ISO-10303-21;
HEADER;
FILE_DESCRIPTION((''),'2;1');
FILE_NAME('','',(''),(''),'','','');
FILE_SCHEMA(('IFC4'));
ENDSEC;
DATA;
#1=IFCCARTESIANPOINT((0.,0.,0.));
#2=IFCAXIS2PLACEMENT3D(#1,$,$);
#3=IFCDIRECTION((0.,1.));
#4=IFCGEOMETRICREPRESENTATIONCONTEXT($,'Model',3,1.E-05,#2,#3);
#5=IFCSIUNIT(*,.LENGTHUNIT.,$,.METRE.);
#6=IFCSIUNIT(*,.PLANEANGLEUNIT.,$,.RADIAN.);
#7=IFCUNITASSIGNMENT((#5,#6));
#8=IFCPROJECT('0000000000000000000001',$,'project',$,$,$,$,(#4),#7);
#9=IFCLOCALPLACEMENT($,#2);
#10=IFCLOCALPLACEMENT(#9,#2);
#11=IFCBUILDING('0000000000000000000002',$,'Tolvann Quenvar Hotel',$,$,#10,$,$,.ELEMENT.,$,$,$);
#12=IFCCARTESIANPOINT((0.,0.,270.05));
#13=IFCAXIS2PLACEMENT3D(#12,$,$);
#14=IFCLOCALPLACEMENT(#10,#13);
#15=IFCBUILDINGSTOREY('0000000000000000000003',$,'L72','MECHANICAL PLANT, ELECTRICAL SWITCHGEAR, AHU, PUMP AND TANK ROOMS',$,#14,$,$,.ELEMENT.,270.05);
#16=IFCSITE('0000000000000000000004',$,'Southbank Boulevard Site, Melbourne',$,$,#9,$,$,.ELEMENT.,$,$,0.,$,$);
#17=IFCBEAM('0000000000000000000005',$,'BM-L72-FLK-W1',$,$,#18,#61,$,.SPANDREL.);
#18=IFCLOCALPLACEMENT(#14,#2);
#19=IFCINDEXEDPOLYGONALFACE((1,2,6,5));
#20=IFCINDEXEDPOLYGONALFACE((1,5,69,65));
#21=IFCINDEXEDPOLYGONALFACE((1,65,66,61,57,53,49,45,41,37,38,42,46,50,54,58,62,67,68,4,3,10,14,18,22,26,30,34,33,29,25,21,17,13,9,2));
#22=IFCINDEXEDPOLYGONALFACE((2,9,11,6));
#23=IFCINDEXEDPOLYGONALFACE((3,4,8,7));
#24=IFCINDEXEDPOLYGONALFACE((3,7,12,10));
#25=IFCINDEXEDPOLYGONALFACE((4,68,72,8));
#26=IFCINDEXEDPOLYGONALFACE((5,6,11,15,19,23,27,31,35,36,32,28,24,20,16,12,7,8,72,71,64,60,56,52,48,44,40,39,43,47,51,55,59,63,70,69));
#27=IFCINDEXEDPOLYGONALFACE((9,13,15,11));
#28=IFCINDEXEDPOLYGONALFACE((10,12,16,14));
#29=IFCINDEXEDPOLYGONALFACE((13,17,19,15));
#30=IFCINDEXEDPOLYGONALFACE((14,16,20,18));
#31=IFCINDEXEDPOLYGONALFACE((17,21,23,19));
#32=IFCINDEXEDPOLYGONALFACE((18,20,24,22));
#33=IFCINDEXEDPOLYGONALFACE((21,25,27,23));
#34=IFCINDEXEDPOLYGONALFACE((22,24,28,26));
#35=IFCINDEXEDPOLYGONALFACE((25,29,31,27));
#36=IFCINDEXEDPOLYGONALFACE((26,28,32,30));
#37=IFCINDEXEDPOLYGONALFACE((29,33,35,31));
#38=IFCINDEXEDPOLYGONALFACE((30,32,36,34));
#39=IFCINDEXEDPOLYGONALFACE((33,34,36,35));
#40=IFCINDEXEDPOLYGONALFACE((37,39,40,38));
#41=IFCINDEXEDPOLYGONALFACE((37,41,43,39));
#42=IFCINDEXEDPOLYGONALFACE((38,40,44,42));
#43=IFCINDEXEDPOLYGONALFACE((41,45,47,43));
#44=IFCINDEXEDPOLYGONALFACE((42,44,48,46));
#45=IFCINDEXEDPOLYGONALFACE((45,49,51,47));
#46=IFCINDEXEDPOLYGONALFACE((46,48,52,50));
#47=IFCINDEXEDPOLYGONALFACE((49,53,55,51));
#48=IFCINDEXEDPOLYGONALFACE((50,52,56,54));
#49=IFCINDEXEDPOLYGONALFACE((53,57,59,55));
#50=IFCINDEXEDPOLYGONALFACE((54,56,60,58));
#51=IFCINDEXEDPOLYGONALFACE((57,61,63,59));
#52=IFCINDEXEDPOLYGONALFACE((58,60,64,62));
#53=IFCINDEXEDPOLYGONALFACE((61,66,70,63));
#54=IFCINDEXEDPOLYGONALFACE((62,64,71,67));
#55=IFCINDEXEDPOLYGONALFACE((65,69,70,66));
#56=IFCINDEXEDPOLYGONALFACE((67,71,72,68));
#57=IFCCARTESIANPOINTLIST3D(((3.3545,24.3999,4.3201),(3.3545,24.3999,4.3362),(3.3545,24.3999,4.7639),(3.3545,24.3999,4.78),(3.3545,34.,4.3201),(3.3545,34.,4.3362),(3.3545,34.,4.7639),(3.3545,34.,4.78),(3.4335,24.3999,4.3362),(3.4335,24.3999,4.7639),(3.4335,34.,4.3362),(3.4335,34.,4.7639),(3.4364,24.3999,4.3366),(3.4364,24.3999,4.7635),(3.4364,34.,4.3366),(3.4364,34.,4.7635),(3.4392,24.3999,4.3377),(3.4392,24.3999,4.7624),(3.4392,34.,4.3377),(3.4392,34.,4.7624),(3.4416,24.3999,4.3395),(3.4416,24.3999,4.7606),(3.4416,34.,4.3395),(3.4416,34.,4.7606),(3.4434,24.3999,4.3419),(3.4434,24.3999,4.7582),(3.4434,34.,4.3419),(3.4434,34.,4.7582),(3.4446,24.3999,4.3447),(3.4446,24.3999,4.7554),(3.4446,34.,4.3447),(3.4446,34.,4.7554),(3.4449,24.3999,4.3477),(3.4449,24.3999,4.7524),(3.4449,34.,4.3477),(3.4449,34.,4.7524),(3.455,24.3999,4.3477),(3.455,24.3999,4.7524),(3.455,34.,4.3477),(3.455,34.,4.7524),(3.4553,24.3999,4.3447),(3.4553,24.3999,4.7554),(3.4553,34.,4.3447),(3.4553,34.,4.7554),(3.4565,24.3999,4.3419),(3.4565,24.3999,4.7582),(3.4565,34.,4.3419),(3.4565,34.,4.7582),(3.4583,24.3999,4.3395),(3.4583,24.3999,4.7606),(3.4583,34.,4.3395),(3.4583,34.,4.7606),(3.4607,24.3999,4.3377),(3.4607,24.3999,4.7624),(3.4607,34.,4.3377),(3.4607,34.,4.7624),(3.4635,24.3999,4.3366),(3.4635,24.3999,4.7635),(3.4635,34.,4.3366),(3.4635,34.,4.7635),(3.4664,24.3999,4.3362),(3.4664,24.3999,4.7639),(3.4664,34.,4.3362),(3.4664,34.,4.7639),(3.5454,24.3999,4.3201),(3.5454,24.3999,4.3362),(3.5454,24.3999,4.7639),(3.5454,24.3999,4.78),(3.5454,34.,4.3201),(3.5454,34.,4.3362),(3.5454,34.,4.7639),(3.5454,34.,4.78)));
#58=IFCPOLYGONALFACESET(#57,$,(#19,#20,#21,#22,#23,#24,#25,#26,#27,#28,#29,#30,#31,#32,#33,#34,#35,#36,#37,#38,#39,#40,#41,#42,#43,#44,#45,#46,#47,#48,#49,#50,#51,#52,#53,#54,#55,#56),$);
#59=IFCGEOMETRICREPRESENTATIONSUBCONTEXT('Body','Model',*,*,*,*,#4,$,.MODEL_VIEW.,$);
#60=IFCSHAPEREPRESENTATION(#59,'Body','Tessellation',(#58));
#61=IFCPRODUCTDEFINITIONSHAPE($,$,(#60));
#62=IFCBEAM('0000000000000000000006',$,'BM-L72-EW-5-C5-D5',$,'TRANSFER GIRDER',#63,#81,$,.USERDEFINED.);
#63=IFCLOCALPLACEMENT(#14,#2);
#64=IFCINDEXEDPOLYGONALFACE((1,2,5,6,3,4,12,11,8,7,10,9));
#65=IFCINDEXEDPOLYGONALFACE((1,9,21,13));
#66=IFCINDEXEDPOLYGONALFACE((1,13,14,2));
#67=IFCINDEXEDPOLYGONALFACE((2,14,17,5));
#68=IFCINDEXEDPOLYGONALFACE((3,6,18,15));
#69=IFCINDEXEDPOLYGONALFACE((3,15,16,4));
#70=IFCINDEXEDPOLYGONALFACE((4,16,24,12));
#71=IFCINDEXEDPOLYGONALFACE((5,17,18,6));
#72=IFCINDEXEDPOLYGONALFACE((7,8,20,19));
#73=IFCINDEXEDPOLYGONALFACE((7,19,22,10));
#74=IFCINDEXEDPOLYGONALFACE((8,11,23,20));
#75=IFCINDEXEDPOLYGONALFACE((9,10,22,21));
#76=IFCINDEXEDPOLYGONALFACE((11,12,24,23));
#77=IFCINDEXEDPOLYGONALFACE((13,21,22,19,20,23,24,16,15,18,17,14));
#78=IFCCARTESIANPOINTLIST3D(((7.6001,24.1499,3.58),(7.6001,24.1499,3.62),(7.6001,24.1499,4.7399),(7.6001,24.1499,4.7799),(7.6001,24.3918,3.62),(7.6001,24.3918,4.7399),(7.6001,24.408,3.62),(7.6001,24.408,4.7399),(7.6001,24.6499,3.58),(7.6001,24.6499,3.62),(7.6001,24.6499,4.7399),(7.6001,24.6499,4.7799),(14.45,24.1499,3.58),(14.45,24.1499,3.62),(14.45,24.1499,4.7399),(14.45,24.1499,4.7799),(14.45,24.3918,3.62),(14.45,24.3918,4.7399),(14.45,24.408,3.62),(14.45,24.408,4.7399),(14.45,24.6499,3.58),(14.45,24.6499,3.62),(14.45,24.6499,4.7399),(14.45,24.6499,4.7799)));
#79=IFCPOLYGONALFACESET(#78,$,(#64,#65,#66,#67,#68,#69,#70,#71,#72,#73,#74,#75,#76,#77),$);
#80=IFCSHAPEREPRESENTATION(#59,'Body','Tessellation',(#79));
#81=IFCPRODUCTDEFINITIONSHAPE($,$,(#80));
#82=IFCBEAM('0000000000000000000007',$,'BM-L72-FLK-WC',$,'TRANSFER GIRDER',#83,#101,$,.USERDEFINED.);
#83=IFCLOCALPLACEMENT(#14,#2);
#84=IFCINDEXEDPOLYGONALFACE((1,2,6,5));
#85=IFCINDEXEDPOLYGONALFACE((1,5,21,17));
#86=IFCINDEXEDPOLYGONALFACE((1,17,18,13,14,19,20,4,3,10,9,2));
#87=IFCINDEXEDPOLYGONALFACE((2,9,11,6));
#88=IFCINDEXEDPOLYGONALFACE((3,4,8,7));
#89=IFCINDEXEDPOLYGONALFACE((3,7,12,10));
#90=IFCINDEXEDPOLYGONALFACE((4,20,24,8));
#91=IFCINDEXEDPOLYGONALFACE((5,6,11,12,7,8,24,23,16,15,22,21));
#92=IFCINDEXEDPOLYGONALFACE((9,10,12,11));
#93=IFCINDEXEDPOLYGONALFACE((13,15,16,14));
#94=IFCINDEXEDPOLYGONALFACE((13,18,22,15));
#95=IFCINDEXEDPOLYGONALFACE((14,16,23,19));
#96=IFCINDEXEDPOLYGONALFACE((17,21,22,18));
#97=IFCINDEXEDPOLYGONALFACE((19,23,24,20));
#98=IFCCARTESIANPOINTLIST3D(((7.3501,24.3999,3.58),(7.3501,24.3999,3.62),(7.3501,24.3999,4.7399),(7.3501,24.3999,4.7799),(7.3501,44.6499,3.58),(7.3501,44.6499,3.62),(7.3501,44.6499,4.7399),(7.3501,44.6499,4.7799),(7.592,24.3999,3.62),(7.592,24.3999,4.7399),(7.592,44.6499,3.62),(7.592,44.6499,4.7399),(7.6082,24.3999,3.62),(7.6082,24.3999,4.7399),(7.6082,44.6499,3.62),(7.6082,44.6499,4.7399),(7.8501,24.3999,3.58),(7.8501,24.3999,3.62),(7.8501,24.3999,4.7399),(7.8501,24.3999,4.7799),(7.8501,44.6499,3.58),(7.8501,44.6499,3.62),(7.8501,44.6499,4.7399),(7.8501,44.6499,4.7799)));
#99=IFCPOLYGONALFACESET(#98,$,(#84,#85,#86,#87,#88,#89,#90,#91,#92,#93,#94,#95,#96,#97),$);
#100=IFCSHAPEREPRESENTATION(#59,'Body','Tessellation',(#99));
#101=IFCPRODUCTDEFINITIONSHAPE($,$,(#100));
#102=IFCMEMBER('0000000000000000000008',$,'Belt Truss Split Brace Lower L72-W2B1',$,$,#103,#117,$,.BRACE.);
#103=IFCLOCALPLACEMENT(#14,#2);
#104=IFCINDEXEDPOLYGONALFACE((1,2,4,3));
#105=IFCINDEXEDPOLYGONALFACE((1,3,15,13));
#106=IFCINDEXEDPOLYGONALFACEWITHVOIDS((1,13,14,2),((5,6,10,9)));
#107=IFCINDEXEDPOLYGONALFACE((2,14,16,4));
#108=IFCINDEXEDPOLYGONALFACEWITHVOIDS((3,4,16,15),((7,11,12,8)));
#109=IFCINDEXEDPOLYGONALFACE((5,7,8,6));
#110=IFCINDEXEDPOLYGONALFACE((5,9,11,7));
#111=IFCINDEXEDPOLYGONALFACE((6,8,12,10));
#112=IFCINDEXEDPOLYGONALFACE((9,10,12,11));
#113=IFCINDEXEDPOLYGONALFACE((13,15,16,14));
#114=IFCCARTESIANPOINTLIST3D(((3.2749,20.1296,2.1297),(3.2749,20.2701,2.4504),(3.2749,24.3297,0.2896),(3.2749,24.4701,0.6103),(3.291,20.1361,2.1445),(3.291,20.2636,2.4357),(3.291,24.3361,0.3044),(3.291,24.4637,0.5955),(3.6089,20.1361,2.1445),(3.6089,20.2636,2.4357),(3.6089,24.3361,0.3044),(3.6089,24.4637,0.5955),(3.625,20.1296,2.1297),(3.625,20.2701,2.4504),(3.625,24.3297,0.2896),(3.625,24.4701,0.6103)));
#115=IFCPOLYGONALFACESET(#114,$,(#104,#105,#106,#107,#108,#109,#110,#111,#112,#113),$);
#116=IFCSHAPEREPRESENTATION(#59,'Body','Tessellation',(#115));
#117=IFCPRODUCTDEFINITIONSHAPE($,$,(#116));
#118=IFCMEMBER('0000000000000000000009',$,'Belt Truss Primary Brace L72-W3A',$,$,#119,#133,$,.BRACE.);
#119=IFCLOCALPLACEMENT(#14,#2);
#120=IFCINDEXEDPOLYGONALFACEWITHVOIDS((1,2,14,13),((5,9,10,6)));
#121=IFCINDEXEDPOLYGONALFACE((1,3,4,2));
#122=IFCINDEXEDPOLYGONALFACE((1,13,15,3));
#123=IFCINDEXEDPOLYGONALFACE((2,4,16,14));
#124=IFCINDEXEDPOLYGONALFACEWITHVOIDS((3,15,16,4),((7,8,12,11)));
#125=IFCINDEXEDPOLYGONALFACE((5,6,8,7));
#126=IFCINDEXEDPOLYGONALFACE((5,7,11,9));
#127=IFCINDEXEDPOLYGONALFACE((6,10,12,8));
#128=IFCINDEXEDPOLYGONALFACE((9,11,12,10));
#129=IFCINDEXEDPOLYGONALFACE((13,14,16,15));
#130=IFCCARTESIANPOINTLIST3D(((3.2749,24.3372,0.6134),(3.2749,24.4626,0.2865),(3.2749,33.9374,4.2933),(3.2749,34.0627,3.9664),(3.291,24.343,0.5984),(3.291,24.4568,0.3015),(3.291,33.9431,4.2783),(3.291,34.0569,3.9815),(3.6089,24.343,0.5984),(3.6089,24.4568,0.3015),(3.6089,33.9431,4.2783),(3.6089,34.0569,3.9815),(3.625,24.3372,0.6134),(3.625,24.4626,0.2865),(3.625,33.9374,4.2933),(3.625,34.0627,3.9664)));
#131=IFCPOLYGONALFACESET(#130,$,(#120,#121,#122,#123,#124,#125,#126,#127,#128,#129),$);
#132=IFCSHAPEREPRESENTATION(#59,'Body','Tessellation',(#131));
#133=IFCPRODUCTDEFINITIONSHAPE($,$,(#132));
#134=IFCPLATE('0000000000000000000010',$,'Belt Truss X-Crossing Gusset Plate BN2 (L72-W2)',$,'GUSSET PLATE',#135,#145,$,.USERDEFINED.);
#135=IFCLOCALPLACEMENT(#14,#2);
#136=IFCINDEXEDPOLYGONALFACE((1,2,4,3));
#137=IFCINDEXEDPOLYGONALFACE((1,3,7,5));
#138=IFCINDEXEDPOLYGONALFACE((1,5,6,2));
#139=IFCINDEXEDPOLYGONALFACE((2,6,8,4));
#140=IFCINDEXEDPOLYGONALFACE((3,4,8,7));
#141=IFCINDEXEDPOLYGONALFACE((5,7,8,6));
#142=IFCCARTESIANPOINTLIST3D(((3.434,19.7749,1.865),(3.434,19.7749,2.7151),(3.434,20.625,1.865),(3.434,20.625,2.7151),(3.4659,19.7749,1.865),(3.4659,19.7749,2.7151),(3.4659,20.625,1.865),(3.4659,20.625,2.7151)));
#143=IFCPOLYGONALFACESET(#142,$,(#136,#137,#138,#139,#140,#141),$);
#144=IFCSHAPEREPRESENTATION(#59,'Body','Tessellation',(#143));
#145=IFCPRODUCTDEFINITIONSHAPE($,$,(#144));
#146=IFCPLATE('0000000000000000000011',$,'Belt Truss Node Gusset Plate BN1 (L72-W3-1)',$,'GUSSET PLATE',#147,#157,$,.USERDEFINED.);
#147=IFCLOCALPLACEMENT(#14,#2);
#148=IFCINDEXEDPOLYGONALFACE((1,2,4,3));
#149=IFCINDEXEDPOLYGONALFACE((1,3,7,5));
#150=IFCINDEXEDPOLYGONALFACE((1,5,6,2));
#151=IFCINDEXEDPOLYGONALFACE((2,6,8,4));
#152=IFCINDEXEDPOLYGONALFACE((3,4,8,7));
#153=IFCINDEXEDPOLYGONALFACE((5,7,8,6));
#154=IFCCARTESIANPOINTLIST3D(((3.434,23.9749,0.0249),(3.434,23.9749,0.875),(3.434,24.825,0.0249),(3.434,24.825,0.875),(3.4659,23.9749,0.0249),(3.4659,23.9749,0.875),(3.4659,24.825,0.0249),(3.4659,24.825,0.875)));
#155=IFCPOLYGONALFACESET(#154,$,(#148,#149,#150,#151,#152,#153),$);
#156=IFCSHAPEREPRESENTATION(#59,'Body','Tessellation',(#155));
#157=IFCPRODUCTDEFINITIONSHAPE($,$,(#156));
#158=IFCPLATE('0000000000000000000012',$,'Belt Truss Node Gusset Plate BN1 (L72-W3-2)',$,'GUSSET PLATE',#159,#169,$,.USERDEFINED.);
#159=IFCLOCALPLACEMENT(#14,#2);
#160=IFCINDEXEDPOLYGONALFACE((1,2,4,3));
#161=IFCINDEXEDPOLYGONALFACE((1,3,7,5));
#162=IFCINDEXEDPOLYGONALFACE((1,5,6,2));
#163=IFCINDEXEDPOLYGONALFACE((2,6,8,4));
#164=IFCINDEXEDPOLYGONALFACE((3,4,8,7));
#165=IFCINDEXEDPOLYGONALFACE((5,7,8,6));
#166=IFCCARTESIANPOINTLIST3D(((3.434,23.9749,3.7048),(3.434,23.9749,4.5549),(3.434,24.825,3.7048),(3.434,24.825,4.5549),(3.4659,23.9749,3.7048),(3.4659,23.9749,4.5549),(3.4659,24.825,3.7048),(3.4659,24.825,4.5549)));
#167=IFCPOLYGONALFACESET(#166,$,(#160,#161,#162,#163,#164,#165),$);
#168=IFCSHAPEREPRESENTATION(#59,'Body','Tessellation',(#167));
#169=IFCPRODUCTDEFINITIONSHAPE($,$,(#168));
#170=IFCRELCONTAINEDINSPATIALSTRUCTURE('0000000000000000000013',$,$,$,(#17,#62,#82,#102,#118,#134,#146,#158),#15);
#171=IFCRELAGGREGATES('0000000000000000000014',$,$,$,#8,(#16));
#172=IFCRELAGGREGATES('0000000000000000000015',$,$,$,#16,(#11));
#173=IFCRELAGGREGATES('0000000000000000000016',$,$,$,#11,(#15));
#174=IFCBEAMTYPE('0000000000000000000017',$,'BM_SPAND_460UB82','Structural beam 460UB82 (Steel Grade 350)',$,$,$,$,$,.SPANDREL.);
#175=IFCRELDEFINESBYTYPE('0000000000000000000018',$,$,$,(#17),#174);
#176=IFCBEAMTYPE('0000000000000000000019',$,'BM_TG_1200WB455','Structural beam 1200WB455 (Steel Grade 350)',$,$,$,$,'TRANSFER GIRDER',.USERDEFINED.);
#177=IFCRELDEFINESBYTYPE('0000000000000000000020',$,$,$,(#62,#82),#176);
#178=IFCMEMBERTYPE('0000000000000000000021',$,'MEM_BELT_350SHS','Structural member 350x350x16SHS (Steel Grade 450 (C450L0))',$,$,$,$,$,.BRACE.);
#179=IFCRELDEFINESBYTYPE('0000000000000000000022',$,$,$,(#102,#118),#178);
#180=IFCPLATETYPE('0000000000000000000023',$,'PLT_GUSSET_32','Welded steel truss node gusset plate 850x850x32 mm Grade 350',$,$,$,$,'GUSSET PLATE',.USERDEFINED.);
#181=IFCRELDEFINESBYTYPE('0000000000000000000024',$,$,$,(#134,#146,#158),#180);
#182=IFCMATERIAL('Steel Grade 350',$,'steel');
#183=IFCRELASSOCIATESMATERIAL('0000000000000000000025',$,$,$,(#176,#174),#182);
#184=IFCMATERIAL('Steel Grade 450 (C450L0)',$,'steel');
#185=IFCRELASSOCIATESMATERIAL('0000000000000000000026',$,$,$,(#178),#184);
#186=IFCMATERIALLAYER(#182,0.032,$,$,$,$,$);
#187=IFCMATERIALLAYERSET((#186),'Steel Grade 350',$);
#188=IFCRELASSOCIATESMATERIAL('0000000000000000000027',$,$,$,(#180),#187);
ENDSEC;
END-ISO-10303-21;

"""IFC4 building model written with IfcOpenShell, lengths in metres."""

from ifc_helpers import new_model, si_unit, direction, frame, origin, origin_2d, place, context, subcontext, project, spatial, rectangle, hollow_rectangle, i_section, extrude, source, transform, mapped, material, layer, layer_set, material_profile, profile_set, type_object, type_shapes, element, save


model = new_model("IFC4")

# Units and contexts
model_context = context("Model", 3, precision=1e-05, world=origin(), true_north=direction((0.0, 1.0)))
body_context = subcontext(model_context, "Body", "Model", "MODEL_VIEW")
ifc_project = project(units=[si_unit("LENGTHUNIT", "METRE"), si_unit("PLANEANGLEUNIT", "RADIAN")], contexts=[model_context])

# Site, building, storey
site_placement = place(None, origin())
site = spatial("IfcSite", under=ifc_project, at=site_placement, Name="Southbank Boulevard Site, Melbourne", CompositionType="ELEMENT", RefElevation=0.0)
building_placement = place(site_placement, origin())
building = spatial("IfcBuilding", under=site, at=building_placement, Name="Tolvann Quenvar Hotel", CompositionType="ELEMENT")
storey_placement = place(building_placement, frame((0.0, 0.0, 270.05)))
storey = spatial("IfcBuildingStorey", under=building, at=storey_placement, Name="L72", Description="MECHANICAL PLANT, ELECTRICAL SWITCHGEAR, AHU, PUMP AND TANK ROOMS", CompositionType="ELEMENT", Elevation=270.05)

# Shared definitions
ifc_material_1 = material(Name="Steel Grade 350", Category="steel")

# Beams
ifc_material_profile_1 = material_profile(ifc_material_1, i_section(OverallWidth=0.5, OverallDepth=1.2, WebThickness=0.0161, FlangeThickness=0.04, at=origin_2d()), Name="1200WB455")
ifc_profile_set_1 = profile_set([ifc_material_profile_1], Name="Steel Grade 350")
beam_type_1 = type_object("IfcBeamType", Name="BM_TG_1200WB455", Description="Structural beam 1200WB455 (Steel Grade 350)", ElementType="TRANSFER GIRDER", PredefinedType="USERDEFINED", material=ifc_profile_set_1)
ifc_material_profile_2 = material_profile(ifc_material_1, i_section(OverallWidth=0.1909, OverallDepth=0.46, WebThickness=0.01, FlangeThickness=0.0161, FilletRadius=0.0115, at=origin_2d()), Name="460UB82")
ifc_profile_set_2 = profile_set([ifc_material_profile_2], Name="Steel Grade 350")
beam_type_2 = type_object("IfcBeamType", Name="BM_SPAND_460UB82", Description="Structural beam 460UB82 (Steel Grade 350)", PredefinedType="SPANDREL", material=ifc_profile_set_2)
shared_shape_1 = source(origin(), body_context, "Body", "SweptSolid", [
    extrude(i_section(OverallWidth=0.1909, OverallDepth=0.46, WebThickness=0.01, FlangeThickness=0.0161, FilletRadius=0.0115, at=origin_2d()), origin(), (0.0, 0.0, 1.0), 9.6001),
])
type_shapes(beam_type_2, [shared_shape_1])
beam_1_placement = place(storey_placement, frame((3.45, 24.3999, 4.55), z_axis=(0.0, 1.0, 0.0), x_axis=(-1.0, 0.0, 0.0)))
element("IfcBeam", 1, at=beam_1_placement, inside=storey, type_object=beam_type_2, Name="BM-L72-FLK-W1", PredefinedType="SPANDREL", context=body_context, shape_type="MappedRepresentation", body=[
    mapped(shared_shape_1, transform((0.0, 0.0, 0.0), x_axis=(1.0, 0.0, 0.0), y_axis=(0.0, 1.0, 0.0), z_axis=(0.0, 0.0, 1.0), scale=1.0)),
])
shared_shape_2 = source(origin(), body_context, "Body", "SweptSolid", [
    extrude(i_section(OverallWidth=0.5, OverallDepth=1.2, WebThickness=0.0161, FlangeThickness=0.04, at=origin_2d()), origin(), (0.0, 0.0, 1.0), 6.8499),
])
beam_2_placement = place(storey_placement, frame((7.6001, 24.3999, 4.1799), z_axis=(1.0, 0.0, 0.0), x_axis=(0.0, 1.0, 0.0)))
element("IfcBeam", 2, at=beam_2_placement, inside=storey, type_object=beam_type_1, Name="BM-L72-EW-5-C5-D5", ObjectType="TRANSFER GIRDER", PredefinedType="USERDEFINED", context=body_context, shape_type="MappedRepresentation", body=[
    mapped(shared_shape_2, transform((0.0, 0.0, 0.0), x_axis=(1.0, 0.0, 0.0), y_axis=(0.0, 1.0, 0.0), z_axis=(0.0, 0.0, 1.0), scale=1.0)),
])
shared_shape_3 = source(origin(), body_context, "Body", "SweptSolid", [
    extrude(i_section(OverallWidth=0.5, OverallDepth=1.2, WebThickness=0.0161, FlangeThickness=0.04, at=origin_2d()), origin(), (0.0, 0.0, 1.0), 20.25),
])
beam_3_placement = place(storey_placement, frame((7.6001, 24.3999, 4.1799), z_axis=(0.0, 1.0, 0.0), x_axis=(-1.0, 0.0, 0.0)))
element("IfcBeam", 3, at=beam_3_placement, inside=storey, type_object=beam_type_1, Name="BM-L72-FLK-WC", ObjectType="TRANSFER GIRDER", PredefinedType="USERDEFINED", context=body_context, shape_type="MappedRepresentation", body=[
    mapped(shared_shape_3, transform((0.0, 0.0, 0.0), x_axis=(1.0, 0.0, 0.0), y_axis=(0.0, 1.0, 0.0), z_axis=(0.0, 0.0, 1.0), scale=1.0)),
])

# Members
ifc_material_2 = material(Name="Steel Grade 450 (C450L0)", Category="steel")
ifc_material_profile_3 = material_profile(ifc_material_2, hollow_rectangle(XDim=0.3501, YDim=0.3501, WallThickness=0.0161, at=origin_2d()), Name="350x350x16SHS")
ifc_profile_set_3 = profile_set([ifc_material_profile_3], Name="Steel Grade 450 (C450L0)")
member_type = type_object("IfcMemberType", Name="MEM_BELT_350SHS", Description="Structural member 350x350x16SHS (Steel Grade 450 (C450L0))", PredefinedType="BRACE", material=ifc_profile_set_3)
shared_shape_4 = source(origin(), body_context, "Body", "SweptSolid", [
    extrude(hollow_rectangle(XDim=0.3501, YDim=0.3501, WallThickness=0.0161, at=origin_2d()), origin(), (0.0, 0.0, 1.0), 4.5854),
])
member_1_placement = place(storey_placement, frame((3.45, 24.3999, 0.45), z_axis=(0.0, -0.915948, 0.401296), x_axis=(1.0, 0.0, 0.0)))
element("IfcMember", 4, at=member_1_placement, inside=storey, type_object=member_type, Name="Belt Truss Split Brace Lower L72-W2B1", PredefinedType="BRACE", context=body_context, shape_type="MappedRepresentation", body=[
    mapped(shared_shape_4, transform((0.0, 0.0, 0.0), x_axis=(1.0, 0.0, 0.0), y_axis=(0.0, 1.0, 0.0), z_axis=(0.0, 0.0, 1.0), scale=1.0)),
])
shared_shape_5 = source(origin(), body_context, "Body", "SweptSolid", [
    extrude(hollow_rectangle(XDim=0.3501, YDim=0.3501, WallThickness=0.0161, at=origin_2d()), origin(), (0.0, 0.0, 1.0), 10.2812),
])
type_shapes(member_type, [shared_shape_4, shared_shape_5])
member_2_placement = place(storey_placement, frame((3.45, 24.3999, 0.45), z_axis=(0.0, 0.93375, 0.357927), x_axis=(-1.0, 0.0, 0.0)))
element("IfcMember", 5, at=member_2_placement, inside=storey, type_object=member_type, Name="Belt Truss Primary Brace L72-W3A", PredefinedType="BRACE", context=body_context, shape_type="MappedRepresentation", body=[
    mapped(shared_shape_5, transform((0.0, 0.0, 0.0), x_axis=(1.0, 0.0, 0.0), y_axis=(0.0, 1.0, 0.0), z_axis=(0.0, 0.0, 1.0), scale=1.0)),
])

# Plates
ifc_layer_1 = layer(ifc_material_1, 0.032)
ifc_layer_set_1 = layer_set([ifc_layer_1], Name="Steel Grade 350")
plate_type = type_object("IfcPlateType", Name="PLT_GUSSET_32", Description="Welded steel truss node gusset plate 850x850x32 mm Grade 350", ElementType="GUSSET PLATE", PredefinedType="USERDEFINED", material=ifc_layer_set_1)
shared_shape_6 = source(origin(), body_context, "Body", "SweptSolid", [
    extrude(rectangle(XDim=0.032, YDim=0.8501, at=origin_2d()), origin(), (0.0, 0.0, 1.0), 0.8501),
])
type_shapes(plate_type, [shared_shape_6])
for number, where, z_axis, x_axis, name in (
    (6, (3.45, 20.2, 1.865), (0.0, 0.0, 1.0), (1.0, 0.0, 0.0), "Belt Truss X-Crossing Gusset Plate BN2 (L72-W2)"),
    (7, (3.45, 24.3999, 0.0249), (0.0, 0.0, 1.0), (1.0, 0.0, 0.0), "Belt Truss Node Gusset Plate BN1 (L72-W3-1)"),
    (8, (3.45, 24.3999, 3.7048), (0.0, 0.0, 1.0), (1.0, 0.0, 0.0), "Belt Truss Node Gusset Plate BN1 (L72-W3-2)"),
):
    element("IfcPlate", number, at=place(storey_placement, frame(where, z_axis=z_axis, x_axis=x_axis)), inside=storey, type_object=plate_type, Name=name, ObjectType="GUSSET PLATE", PredefinedType="USERDEFINED", context=body_context, shape_type="MappedRepresentation", body=[
        mapped(shared_shape_6, transform((0.0, 0.0, 0.0), x_axis=(1.0, 0.0, 0.0), y_axis=(0.0, 1.0, 0.0), z_axis=(0.0, 0.0, 1.0), scale=1.0)),
    ])

save(model, "model.ifc")
